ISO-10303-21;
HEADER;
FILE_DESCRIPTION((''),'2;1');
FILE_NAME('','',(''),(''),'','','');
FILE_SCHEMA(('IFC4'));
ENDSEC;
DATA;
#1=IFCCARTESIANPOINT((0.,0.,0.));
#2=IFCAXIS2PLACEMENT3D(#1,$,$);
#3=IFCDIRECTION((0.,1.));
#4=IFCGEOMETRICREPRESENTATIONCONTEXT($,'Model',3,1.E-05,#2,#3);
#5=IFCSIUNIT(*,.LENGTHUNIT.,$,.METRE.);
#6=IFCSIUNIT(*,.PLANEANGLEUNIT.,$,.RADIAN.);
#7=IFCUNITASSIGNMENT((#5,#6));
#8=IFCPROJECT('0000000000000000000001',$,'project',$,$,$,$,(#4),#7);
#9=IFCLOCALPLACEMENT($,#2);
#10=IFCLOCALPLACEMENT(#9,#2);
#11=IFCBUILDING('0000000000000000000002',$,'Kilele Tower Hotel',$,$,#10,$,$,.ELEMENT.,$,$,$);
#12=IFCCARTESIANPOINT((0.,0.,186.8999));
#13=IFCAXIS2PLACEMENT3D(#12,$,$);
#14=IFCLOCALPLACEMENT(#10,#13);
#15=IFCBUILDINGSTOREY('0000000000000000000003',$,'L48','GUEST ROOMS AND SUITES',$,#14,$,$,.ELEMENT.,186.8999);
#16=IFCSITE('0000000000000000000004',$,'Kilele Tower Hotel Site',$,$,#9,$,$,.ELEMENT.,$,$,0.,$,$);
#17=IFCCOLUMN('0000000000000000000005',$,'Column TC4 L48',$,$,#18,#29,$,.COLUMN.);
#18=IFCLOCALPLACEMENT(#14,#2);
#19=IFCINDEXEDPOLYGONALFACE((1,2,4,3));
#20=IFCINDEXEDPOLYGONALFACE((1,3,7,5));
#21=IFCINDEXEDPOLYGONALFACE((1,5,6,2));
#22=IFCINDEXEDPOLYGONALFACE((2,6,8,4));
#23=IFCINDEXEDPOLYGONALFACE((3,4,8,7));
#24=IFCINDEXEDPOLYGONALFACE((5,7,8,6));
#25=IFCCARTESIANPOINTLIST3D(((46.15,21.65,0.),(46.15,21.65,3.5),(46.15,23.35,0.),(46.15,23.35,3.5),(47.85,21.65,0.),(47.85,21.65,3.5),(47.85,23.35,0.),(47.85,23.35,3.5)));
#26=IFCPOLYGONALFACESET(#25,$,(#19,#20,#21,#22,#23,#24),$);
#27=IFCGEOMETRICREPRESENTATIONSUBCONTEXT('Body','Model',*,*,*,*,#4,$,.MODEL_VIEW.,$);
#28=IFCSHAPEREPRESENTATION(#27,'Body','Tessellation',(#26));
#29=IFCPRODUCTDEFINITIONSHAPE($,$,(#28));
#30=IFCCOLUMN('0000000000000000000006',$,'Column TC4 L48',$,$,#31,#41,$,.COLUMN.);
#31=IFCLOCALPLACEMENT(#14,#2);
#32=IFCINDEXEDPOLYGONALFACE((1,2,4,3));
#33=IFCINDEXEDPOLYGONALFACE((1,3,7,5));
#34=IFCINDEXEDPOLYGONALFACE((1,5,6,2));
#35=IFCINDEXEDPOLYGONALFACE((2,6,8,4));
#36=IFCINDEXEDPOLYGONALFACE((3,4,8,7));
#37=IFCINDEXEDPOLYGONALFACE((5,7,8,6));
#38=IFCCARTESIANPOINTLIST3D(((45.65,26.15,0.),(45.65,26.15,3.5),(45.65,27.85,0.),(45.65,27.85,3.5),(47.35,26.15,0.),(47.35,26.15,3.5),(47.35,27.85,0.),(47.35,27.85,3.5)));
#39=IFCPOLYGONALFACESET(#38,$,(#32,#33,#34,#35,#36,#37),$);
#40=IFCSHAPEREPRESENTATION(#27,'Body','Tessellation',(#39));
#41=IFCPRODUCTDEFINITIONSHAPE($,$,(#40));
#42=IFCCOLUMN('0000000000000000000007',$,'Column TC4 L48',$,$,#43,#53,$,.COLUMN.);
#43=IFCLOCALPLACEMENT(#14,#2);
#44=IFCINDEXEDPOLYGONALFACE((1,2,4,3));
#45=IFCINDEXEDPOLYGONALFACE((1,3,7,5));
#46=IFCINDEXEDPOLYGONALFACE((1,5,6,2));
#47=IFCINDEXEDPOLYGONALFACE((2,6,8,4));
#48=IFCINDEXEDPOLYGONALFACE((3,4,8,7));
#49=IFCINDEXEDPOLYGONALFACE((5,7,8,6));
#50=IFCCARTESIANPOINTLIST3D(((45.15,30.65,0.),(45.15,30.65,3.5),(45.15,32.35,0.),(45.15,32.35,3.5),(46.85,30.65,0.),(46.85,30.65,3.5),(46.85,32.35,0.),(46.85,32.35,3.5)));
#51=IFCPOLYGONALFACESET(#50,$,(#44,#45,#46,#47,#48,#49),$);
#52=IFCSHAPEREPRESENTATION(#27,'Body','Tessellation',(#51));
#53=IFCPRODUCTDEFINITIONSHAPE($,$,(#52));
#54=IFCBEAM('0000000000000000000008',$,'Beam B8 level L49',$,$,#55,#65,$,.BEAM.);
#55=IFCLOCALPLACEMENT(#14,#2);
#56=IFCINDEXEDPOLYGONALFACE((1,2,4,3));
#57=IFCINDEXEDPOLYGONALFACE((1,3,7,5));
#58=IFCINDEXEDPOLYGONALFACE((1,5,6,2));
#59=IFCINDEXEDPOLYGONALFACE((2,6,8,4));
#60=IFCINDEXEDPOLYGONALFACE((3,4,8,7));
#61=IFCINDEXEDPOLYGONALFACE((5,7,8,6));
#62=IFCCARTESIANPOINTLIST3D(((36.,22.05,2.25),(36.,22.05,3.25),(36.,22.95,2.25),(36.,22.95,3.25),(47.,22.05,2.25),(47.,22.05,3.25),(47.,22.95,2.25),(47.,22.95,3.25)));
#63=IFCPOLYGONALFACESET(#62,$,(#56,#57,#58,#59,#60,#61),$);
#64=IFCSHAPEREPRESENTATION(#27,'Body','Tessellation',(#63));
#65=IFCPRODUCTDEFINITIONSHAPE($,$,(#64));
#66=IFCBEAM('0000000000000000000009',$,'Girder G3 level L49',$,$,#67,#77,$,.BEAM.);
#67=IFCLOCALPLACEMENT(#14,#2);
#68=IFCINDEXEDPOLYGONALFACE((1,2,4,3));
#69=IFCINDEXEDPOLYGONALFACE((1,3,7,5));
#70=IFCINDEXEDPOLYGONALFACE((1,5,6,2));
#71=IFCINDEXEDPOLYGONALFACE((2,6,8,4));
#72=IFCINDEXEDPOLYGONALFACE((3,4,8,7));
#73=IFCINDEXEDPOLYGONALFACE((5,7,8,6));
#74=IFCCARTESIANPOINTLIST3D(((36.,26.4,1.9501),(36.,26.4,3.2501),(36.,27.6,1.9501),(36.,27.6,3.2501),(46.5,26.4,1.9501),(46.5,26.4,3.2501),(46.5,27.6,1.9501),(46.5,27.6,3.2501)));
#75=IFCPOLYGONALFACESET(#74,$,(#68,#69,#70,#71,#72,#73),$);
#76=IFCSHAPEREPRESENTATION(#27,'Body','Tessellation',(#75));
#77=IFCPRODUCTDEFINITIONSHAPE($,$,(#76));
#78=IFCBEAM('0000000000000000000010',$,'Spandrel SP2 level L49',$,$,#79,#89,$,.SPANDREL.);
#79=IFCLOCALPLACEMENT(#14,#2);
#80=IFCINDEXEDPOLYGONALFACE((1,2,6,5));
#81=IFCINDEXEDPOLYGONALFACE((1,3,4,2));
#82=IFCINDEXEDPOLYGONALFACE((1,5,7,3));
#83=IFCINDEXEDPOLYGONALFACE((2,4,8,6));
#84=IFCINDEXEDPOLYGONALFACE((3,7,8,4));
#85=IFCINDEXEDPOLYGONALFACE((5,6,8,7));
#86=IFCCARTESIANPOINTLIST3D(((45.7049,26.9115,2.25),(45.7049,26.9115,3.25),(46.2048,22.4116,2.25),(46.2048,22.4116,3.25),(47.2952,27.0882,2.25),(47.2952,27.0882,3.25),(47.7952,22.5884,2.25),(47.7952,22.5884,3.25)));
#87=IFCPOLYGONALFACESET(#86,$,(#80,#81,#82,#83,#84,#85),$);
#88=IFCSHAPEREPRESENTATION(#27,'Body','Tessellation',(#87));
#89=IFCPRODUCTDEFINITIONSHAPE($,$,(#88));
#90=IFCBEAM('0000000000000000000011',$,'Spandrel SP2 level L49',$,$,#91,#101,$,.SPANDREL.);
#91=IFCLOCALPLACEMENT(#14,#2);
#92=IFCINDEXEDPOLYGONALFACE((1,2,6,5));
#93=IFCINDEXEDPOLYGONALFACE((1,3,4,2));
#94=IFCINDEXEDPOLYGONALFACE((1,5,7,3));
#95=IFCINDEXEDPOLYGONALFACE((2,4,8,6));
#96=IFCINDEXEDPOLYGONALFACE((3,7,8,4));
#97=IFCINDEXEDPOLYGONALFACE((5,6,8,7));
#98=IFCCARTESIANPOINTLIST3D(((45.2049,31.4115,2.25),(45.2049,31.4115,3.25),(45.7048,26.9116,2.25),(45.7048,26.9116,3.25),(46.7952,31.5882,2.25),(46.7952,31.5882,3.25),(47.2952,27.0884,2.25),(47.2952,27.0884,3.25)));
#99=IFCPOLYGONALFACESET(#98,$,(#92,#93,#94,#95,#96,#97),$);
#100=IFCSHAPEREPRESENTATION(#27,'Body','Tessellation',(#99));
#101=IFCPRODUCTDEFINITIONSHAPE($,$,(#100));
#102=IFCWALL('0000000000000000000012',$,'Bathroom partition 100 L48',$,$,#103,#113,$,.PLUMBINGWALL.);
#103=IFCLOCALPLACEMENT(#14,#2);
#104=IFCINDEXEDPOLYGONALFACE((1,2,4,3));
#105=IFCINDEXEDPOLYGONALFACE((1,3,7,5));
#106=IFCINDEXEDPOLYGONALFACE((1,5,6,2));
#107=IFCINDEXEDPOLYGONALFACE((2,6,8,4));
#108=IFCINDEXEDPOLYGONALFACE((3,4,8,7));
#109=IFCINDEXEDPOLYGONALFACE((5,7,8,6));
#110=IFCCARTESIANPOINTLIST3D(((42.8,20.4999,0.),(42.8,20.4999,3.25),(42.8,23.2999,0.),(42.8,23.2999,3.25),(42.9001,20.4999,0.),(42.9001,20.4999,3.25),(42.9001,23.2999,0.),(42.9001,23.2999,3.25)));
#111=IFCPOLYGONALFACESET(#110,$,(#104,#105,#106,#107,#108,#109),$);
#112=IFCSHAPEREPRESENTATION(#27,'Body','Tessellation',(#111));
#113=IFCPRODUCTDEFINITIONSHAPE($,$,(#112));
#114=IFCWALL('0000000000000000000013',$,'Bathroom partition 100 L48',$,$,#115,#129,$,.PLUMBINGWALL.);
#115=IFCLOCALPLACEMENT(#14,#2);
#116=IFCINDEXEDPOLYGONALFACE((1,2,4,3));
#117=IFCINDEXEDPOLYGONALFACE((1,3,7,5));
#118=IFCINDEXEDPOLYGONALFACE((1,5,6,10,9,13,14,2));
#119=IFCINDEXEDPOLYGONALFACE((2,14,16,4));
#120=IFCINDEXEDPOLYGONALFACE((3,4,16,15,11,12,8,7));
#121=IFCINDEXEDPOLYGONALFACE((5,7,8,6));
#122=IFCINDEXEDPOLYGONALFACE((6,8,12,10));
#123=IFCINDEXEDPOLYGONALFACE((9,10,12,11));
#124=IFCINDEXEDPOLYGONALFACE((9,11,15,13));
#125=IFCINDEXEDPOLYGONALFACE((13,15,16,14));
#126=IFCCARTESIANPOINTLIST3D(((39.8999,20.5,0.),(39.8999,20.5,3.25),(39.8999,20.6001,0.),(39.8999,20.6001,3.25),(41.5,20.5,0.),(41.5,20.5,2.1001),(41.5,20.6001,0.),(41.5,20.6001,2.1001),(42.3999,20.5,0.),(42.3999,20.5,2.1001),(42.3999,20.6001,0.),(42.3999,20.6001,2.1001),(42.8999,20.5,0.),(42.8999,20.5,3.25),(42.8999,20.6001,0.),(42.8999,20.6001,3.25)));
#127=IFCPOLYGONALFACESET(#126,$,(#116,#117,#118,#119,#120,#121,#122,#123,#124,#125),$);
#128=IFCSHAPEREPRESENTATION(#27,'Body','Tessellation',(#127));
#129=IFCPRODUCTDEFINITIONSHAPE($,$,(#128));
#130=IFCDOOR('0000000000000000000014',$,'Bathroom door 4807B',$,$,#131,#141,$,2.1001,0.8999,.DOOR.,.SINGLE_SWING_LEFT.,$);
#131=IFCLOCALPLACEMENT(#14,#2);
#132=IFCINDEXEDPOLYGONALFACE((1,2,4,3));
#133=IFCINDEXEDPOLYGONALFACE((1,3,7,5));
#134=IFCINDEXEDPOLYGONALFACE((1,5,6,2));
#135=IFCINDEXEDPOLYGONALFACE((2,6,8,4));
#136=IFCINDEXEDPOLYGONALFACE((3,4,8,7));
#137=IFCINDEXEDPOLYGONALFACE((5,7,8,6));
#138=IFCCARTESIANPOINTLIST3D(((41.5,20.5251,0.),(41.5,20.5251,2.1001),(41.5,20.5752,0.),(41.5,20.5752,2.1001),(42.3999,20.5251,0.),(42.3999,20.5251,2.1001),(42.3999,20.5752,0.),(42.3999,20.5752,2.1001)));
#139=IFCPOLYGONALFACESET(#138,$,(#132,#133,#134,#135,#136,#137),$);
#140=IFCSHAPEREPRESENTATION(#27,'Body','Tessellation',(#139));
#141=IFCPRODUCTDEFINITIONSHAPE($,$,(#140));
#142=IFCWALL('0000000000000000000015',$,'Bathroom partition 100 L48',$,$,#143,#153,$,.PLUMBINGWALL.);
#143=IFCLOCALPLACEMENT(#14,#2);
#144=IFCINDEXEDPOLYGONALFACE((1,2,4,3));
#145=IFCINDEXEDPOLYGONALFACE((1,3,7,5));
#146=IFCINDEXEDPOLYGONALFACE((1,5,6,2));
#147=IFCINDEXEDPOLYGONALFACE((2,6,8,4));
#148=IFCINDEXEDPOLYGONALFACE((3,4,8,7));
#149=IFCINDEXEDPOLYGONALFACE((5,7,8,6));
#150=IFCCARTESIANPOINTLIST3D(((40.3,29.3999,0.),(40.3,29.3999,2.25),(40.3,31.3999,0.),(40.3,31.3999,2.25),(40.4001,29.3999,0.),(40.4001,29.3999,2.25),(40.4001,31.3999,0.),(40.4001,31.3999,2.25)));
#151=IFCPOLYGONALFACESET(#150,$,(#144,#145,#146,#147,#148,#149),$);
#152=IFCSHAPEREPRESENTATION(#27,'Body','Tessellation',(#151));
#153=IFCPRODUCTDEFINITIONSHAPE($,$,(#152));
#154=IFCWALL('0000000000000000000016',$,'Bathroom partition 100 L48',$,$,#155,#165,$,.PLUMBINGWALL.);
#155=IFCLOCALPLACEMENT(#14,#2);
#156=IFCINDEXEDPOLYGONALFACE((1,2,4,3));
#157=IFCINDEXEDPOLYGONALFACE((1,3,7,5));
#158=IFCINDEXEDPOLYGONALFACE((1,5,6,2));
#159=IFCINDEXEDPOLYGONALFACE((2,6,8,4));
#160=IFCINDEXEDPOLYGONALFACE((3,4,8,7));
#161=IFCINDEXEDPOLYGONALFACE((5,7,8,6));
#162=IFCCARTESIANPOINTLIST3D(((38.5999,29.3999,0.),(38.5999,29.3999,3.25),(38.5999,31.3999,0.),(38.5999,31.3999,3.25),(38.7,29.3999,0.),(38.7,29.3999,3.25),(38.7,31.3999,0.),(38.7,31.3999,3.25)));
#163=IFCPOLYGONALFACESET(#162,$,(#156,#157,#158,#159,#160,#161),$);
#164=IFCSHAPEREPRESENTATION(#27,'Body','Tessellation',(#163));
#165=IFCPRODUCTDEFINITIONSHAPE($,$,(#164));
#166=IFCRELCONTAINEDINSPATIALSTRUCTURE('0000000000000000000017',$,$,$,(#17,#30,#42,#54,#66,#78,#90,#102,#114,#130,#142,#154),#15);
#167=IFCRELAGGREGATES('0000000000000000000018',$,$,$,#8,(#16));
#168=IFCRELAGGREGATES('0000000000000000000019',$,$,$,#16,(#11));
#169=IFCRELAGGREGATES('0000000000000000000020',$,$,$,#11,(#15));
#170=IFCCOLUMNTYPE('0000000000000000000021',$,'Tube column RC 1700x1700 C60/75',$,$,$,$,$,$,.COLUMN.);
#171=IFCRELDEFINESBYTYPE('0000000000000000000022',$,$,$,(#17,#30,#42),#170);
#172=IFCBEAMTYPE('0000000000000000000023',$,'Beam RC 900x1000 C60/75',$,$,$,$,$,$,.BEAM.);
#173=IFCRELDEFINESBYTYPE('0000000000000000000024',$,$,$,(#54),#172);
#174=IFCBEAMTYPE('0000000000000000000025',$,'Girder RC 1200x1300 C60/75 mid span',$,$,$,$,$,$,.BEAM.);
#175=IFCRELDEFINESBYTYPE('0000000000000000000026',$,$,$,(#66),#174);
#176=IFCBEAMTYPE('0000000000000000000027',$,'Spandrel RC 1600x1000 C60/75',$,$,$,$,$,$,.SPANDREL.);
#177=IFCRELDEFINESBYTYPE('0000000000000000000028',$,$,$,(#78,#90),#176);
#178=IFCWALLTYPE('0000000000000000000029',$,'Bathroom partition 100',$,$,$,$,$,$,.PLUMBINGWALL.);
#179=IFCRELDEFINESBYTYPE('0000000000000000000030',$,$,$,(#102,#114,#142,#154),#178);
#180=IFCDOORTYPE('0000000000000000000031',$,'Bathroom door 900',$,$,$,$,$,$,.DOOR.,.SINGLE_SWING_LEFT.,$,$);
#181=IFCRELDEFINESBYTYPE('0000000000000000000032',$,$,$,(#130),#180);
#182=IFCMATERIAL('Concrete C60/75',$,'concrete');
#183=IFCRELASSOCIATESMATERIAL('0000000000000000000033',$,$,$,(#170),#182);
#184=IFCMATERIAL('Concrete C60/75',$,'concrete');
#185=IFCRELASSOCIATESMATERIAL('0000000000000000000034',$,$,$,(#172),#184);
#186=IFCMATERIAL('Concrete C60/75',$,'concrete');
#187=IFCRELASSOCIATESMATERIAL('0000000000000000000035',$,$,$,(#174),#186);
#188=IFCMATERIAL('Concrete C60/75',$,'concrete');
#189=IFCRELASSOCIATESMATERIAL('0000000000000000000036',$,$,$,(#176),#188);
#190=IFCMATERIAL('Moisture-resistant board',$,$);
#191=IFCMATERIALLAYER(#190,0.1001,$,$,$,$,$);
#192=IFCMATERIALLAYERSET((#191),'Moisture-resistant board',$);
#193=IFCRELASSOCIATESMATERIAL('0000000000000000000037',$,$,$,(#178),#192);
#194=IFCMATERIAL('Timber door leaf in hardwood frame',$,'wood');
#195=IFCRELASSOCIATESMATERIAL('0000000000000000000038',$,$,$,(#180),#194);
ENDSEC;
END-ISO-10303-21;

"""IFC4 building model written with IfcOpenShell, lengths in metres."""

from ifc_helpers import new_model, si_unit, direction, frame, frame_2d, origin, origin_2d, place, context, subcontext, project, spatial, rectangle, extrude, material, layer, layer_set, material_profile, profile_set, type_object, element, fill, save


model = new_model("IFC4")

# Units and contexts
model_context = context("Model", 3, precision=1e-05, world=origin(), true_north=direction((0.0, 1.0)))
body_context = subcontext(model_context, "Body", "Model", "MODEL_VIEW")
ifc_project = project(units=[si_unit("LENGTHUNIT", "METRE"), si_unit("PLANEANGLEUNIT", "RADIAN")], contexts=[model_context])

# Site, building, storey
site_placement = place(None, origin())
site = spatial("IfcSite", under=ifc_project, at=site_placement, Name="Kilele Tower Hotel Site", CompositionType="ELEMENT", RefElevation=0.0)
building_placement = place(site_placement, origin())
building = spatial("IfcBuilding", under=site, at=building_placement, Name="Kilele Tower Hotel", CompositionType="ELEMENT")
storey_placement = place(building_placement, frame((0.0, 0.0, 186.8999)))
storey = spatial("IfcBuildingStorey", under=building, at=storey_placement, Name="L48", Description="GUEST ROOMS AND SUITES", CompositionType="ELEMENT", Elevation=186.8999)

# Columns
ifc_material_1 = material(Name="Concrete C60/75", Category="concrete")
ifc_material_profile_1 = material_profile(ifc_material_1, rectangle(XDim=1.7, YDim=1.7, at=origin_2d()))
ifc_profile_set_1 = profile_set([ifc_material_profile_1], Name="Concrete C60/75")
column_type = type_object("IfcColumnType", Name="Tube column RC 1700x1700 C60/75", PredefinedType="COLUMN", material=ifc_profile_set_1)
for number, where, z_axis, x_axis, name in (
    (1, (47.0, 22.5, 0.0), (0.0, 0.0, 1.0), (1.0, 0.0, 0.0), "Column TC4 L48"),
    (2, (46.5, 27.0, 0.0), (0.0, 0.0, 1.0), (1.0, 0.0, 0.0), "Column TC4 L48"),
    (3, (46.0, 31.5, 0.0), (0.0, 0.0, 1.0), (1.0, 0.0, 0.0), "Column TC4 L48"),
):
    element("IfcColumn", number, at=place(storey_placement, frame(where, z_axis=z_axis, x_axis=x_axis)), inside=storey, type_object=column_type, Name=name, PredefinedType="COLUMN", context=body_context, shape_type="SweptSolid", body=[
        extrude(rectangle(XDim=1.7, YDim=1.7, at=origin_2d()), origin(), (0.0, 0.0, 1.0), 3.5),
    ])

# Beams
ifc_material_2 = material(Name="Concrete C60/75", Category="concrete")
ifc_material_profile_2 = material_profile(ifc_material_2, rectangle(XDim=0.8999, YDim=1.0, at=origin_2d()))
ifc_profile_set_2 = profile_set([ifc_material_profile_2], Name="Concrete C60/75")
beam_type_1 = type_object("IfcBeamType", Name="Beam RC 900x1000 C60/75", PredefinedType="BEAM", material=ifc_profile_set_2)
beam_1_placement = place(storey_placement, frame((47.0, 22.5, 2.75), z_axis=(-1.0, 0.0, 0.0), x_axis=(0.0, -1.0, 0.0)))
element("IfcBeam", 4, at=beam_1_placement, inside=storey, type_object=beam_type_1, Name="Beam B8 level L49", PredefinedType="BEAM", context=body_context, shape_type="SweptSolid", body=[
    extrude(rectangle(XDim=0.8999, YDim=1.0, at=origin_2d()), origin(), (0.0, 0.0, 1.0), 11.0),
])
ifc_material_3 = material(Name="Concrete C60/75", Category="concrete")
ifc_material_profile_3 = material_profile(ifc_material_3, rectangle(XDim=1.2, YDim=1.3, at=origin_2d()))
ifc_profile_set_3 = profile_set([ifc_material_profile_3], Name="Concrete C60/75")
beam_type_2 = type_object("IfcBeamType", Name="Girder RC 1200x1300 C60/75 mid span", PredefinedType="BEAM", material=ifc_profile_set_3)
beam_2_placement = place(storey_placement, frame((46.5, 27.0, 2.6001), z_axis=(-1.0, 0.0, 0.0), x_axis=(0.0, -1.0, 0.0)))
element("IfcBeam", 5, at=beam_2_placement, inside=storey, type_object=beam_type_2, Name="Girder G3 level L49", PredefinedType="BEAM", context=body_context, shape_type="SweptSolid", body=[
    extrude(rectangle(XDim=1.2, YDim=1.3, at=origin_2d()), origin(), (0.0, 0.0, 1.0), 10.5),
])
ifc_material_4 = material(Name="Concrete C60/75", Category="concrete")
ifc_material_profile_4 = material_profile(ifc_material_4, rectangle(XDim=1.6001, YDim=1.0, at=origin_2d()))
ifc_profile_set_4 = profile_set([ifc_material_profile_4], Name="Concrete C60/75")
beam_type_3 = type_object("IfcBeamType", Name="Spandrel RC 1600x1000 C60/75", PredefinedType="SPANDREL", material=ifc_profile_set_4)
for number, where, z_axis, x_axis, name in (
    (6, (47.0, 22.5, 2.75), (-0.110432, 0.993884, 0.0), (-0.993884, -0.110432, 0.0), "Spandrel SP2 level L49"),
    (7, (46.5, 27.0, 2.75), (-0.110432, 0.993884, 0.0), (-0.993884, -0.110432, 0.0), "Spandrel SP2 level L49"),
):
    element("IfcBeam", number, at=place(storey_placement, frame(where, z_axis=z_axis, x_axis=x_axis)), inside=storey, type_object=beam_type_3, Name=name, PredefinedType="SPANDREL", context=body_context, shape_type="SweptSolid", body=[
        extrude(rectangle(XDim=1.6001, YDim=1.0, at=origin_2d()), origin(), (0.0, 0.0, 1.0), 4.5276),
    ])

# Wall
ifc_material_5 = material(Name="Moisture-resistant board")
ifc_layer_1 = layer(ifc_material_5, 0.1001)
ifc_layer_set_1 = layer_set([ifc_layer_1], Name="Moisture-resistant board")
wall_type_1 = type_object("IfcWallType", Name="Bathroom partition 100", PredefinedType="PLUMBINGWALL", material=ifc_layer_set_1)
wall_1_placement = place(storey_placement, frame((42.8501, 20.5, 0.0), z_axis=(0.0, 0.0, 1.0), x_axis=(0.0, 1.0, 0.0)))
element("IfcWall", 8, at=wall_1_placement, inside=storey, type_object=wall_type_1, Name="Bathroom partition 100 L48", PredefinedType="PLUMBINGWALL", context=body_context, shape_type="SweptSolid", body=[
    extrude(rectangle(XDim=2.8, YDim=0.1001, at=frame_2d((1.3999, 0.0))), origin(), (0.0, 0.0, 1.0), 3.25),
])

# Wall, opening, door
wall_2_placement = place(storey_placement, frame((39.8999, 20.55, 0.0), z_axis=(0.0, 0.0, 1.0), x_axis=(1.0, 0.0, 0.0)))
wall_2 = element("IfcWall", 9, at=wall_2_placement, inside=storey, type_object=wall_type_1, Name="Bathroom partition 100 L48", PredefinedType="PLUMBINGWALL", context=body_context, shape_type="SweptSolid", body=[
    extrude(rectangle(XDim=3.0, YDim=0.1001, at=frame_2d((1.5, 0.0))), origin(), (0.0, 0.0, 1.0), 3.25),
])
opening_1_placement = place(wall_2_placement, frame((2.5, 0.0, 0.0), z_axis=(0.0, 0.0, 1.0), x_axis=(-1.0, 0.0, 0.0)))
opening_1 = element("IfcOpeningElement", 10, at=opening_1_placement, cuts=wall_2, PredefinedType="OPENING", context=body_context, shape_type="SweptSolid", body=[
    extrude(rectangle(XDim=0.8999, YDim=2.1001, at=frame_2d((0.45, 1.05))), frame((0.0, 0.0601, 0.0), z_axis=(0.0, -1.0, 0.0), x_axis=(1.0, 0.0, 0.0)), (0.0, 0.0, 1.0), 0.1201),
])
ifc_material_6 = material(Name="Timber door leaf in hardwood frame", Category="wood")
door_type_1 = type_object("IfcDoorType", Name="Bathroom door 900", OperationType="SINGLE_SWING_LEFT", PredefinedType="DOOR", material=ifc_material_6)
door_1_placement = place(opening_1_placement, origin())
door_1 = element("IfcDoor", 11, at=door_1_placement, inside=storey, type_object=door_type_1, Name="Bathroom door 4807B", OperationType="SINGLE_SWING_LEFT", OverallHeight=2.1001, OverallWidth=0.8999, PredefinedType="DOOR", context=body_context, shape_type="SweptSolid", body=[
    extrude(rectangle(XDim=0.8999, YDim=2.1001, at=frame_2d((0.45, 1.05))), frame((0.0, 0.0249, 0.0), z_axis=(0.0, -1.0, 0.0), x_axis=(1.0, 0.0, 0.0)), (0.0, 0.0, 1.0), 0.05),
])
fill(opening_1, door_1)

# Walls
wall_3_placement = place(storey_placement, frame((40.3501, 31.3999, 0.0), z_axis=(0.0, 0.0, 1.0), x_axis=(0.0, -1.0, 0.0)))
element("IfcWall", 12, at=wall_3_placement, inside=storey, type_object=wall_type_1, Name="Bathroom partition 100 L48", PredefinedType="PLUMBINGWALL", context=body_context, shape_type="SweptSolid", body=[
    extrude(rectangle(XDim=2.0, YDim=0.1001, at=frame_2d((1.0, 0.0))), origin(), (0.0, 0.0, 1.0), 2.25),
])
wall_4_placement = place(storey_placement, frame((38.6499, 31.3999, 0.0), z_axis=(0.0, 0.0, 1.0), x_axis=(0.0, -1.0, 0.0)))
element("IfcWall", 13, at=wall_4_placement, inside=storey, type_object=wall_type_1, Name="Bathroom partition 100 L48", PredefinedType="PLUMBINGWALL", context=body_context, shape_type="SweptSolid", body=[
    extrude(rectangle(XDim=2.0, YDim=0.1001, at=frame_2d((1.0, 0.0))), origin(), (0.0, 0.0, 1.0), 3.25),
])

save(model, "model.ifc")
